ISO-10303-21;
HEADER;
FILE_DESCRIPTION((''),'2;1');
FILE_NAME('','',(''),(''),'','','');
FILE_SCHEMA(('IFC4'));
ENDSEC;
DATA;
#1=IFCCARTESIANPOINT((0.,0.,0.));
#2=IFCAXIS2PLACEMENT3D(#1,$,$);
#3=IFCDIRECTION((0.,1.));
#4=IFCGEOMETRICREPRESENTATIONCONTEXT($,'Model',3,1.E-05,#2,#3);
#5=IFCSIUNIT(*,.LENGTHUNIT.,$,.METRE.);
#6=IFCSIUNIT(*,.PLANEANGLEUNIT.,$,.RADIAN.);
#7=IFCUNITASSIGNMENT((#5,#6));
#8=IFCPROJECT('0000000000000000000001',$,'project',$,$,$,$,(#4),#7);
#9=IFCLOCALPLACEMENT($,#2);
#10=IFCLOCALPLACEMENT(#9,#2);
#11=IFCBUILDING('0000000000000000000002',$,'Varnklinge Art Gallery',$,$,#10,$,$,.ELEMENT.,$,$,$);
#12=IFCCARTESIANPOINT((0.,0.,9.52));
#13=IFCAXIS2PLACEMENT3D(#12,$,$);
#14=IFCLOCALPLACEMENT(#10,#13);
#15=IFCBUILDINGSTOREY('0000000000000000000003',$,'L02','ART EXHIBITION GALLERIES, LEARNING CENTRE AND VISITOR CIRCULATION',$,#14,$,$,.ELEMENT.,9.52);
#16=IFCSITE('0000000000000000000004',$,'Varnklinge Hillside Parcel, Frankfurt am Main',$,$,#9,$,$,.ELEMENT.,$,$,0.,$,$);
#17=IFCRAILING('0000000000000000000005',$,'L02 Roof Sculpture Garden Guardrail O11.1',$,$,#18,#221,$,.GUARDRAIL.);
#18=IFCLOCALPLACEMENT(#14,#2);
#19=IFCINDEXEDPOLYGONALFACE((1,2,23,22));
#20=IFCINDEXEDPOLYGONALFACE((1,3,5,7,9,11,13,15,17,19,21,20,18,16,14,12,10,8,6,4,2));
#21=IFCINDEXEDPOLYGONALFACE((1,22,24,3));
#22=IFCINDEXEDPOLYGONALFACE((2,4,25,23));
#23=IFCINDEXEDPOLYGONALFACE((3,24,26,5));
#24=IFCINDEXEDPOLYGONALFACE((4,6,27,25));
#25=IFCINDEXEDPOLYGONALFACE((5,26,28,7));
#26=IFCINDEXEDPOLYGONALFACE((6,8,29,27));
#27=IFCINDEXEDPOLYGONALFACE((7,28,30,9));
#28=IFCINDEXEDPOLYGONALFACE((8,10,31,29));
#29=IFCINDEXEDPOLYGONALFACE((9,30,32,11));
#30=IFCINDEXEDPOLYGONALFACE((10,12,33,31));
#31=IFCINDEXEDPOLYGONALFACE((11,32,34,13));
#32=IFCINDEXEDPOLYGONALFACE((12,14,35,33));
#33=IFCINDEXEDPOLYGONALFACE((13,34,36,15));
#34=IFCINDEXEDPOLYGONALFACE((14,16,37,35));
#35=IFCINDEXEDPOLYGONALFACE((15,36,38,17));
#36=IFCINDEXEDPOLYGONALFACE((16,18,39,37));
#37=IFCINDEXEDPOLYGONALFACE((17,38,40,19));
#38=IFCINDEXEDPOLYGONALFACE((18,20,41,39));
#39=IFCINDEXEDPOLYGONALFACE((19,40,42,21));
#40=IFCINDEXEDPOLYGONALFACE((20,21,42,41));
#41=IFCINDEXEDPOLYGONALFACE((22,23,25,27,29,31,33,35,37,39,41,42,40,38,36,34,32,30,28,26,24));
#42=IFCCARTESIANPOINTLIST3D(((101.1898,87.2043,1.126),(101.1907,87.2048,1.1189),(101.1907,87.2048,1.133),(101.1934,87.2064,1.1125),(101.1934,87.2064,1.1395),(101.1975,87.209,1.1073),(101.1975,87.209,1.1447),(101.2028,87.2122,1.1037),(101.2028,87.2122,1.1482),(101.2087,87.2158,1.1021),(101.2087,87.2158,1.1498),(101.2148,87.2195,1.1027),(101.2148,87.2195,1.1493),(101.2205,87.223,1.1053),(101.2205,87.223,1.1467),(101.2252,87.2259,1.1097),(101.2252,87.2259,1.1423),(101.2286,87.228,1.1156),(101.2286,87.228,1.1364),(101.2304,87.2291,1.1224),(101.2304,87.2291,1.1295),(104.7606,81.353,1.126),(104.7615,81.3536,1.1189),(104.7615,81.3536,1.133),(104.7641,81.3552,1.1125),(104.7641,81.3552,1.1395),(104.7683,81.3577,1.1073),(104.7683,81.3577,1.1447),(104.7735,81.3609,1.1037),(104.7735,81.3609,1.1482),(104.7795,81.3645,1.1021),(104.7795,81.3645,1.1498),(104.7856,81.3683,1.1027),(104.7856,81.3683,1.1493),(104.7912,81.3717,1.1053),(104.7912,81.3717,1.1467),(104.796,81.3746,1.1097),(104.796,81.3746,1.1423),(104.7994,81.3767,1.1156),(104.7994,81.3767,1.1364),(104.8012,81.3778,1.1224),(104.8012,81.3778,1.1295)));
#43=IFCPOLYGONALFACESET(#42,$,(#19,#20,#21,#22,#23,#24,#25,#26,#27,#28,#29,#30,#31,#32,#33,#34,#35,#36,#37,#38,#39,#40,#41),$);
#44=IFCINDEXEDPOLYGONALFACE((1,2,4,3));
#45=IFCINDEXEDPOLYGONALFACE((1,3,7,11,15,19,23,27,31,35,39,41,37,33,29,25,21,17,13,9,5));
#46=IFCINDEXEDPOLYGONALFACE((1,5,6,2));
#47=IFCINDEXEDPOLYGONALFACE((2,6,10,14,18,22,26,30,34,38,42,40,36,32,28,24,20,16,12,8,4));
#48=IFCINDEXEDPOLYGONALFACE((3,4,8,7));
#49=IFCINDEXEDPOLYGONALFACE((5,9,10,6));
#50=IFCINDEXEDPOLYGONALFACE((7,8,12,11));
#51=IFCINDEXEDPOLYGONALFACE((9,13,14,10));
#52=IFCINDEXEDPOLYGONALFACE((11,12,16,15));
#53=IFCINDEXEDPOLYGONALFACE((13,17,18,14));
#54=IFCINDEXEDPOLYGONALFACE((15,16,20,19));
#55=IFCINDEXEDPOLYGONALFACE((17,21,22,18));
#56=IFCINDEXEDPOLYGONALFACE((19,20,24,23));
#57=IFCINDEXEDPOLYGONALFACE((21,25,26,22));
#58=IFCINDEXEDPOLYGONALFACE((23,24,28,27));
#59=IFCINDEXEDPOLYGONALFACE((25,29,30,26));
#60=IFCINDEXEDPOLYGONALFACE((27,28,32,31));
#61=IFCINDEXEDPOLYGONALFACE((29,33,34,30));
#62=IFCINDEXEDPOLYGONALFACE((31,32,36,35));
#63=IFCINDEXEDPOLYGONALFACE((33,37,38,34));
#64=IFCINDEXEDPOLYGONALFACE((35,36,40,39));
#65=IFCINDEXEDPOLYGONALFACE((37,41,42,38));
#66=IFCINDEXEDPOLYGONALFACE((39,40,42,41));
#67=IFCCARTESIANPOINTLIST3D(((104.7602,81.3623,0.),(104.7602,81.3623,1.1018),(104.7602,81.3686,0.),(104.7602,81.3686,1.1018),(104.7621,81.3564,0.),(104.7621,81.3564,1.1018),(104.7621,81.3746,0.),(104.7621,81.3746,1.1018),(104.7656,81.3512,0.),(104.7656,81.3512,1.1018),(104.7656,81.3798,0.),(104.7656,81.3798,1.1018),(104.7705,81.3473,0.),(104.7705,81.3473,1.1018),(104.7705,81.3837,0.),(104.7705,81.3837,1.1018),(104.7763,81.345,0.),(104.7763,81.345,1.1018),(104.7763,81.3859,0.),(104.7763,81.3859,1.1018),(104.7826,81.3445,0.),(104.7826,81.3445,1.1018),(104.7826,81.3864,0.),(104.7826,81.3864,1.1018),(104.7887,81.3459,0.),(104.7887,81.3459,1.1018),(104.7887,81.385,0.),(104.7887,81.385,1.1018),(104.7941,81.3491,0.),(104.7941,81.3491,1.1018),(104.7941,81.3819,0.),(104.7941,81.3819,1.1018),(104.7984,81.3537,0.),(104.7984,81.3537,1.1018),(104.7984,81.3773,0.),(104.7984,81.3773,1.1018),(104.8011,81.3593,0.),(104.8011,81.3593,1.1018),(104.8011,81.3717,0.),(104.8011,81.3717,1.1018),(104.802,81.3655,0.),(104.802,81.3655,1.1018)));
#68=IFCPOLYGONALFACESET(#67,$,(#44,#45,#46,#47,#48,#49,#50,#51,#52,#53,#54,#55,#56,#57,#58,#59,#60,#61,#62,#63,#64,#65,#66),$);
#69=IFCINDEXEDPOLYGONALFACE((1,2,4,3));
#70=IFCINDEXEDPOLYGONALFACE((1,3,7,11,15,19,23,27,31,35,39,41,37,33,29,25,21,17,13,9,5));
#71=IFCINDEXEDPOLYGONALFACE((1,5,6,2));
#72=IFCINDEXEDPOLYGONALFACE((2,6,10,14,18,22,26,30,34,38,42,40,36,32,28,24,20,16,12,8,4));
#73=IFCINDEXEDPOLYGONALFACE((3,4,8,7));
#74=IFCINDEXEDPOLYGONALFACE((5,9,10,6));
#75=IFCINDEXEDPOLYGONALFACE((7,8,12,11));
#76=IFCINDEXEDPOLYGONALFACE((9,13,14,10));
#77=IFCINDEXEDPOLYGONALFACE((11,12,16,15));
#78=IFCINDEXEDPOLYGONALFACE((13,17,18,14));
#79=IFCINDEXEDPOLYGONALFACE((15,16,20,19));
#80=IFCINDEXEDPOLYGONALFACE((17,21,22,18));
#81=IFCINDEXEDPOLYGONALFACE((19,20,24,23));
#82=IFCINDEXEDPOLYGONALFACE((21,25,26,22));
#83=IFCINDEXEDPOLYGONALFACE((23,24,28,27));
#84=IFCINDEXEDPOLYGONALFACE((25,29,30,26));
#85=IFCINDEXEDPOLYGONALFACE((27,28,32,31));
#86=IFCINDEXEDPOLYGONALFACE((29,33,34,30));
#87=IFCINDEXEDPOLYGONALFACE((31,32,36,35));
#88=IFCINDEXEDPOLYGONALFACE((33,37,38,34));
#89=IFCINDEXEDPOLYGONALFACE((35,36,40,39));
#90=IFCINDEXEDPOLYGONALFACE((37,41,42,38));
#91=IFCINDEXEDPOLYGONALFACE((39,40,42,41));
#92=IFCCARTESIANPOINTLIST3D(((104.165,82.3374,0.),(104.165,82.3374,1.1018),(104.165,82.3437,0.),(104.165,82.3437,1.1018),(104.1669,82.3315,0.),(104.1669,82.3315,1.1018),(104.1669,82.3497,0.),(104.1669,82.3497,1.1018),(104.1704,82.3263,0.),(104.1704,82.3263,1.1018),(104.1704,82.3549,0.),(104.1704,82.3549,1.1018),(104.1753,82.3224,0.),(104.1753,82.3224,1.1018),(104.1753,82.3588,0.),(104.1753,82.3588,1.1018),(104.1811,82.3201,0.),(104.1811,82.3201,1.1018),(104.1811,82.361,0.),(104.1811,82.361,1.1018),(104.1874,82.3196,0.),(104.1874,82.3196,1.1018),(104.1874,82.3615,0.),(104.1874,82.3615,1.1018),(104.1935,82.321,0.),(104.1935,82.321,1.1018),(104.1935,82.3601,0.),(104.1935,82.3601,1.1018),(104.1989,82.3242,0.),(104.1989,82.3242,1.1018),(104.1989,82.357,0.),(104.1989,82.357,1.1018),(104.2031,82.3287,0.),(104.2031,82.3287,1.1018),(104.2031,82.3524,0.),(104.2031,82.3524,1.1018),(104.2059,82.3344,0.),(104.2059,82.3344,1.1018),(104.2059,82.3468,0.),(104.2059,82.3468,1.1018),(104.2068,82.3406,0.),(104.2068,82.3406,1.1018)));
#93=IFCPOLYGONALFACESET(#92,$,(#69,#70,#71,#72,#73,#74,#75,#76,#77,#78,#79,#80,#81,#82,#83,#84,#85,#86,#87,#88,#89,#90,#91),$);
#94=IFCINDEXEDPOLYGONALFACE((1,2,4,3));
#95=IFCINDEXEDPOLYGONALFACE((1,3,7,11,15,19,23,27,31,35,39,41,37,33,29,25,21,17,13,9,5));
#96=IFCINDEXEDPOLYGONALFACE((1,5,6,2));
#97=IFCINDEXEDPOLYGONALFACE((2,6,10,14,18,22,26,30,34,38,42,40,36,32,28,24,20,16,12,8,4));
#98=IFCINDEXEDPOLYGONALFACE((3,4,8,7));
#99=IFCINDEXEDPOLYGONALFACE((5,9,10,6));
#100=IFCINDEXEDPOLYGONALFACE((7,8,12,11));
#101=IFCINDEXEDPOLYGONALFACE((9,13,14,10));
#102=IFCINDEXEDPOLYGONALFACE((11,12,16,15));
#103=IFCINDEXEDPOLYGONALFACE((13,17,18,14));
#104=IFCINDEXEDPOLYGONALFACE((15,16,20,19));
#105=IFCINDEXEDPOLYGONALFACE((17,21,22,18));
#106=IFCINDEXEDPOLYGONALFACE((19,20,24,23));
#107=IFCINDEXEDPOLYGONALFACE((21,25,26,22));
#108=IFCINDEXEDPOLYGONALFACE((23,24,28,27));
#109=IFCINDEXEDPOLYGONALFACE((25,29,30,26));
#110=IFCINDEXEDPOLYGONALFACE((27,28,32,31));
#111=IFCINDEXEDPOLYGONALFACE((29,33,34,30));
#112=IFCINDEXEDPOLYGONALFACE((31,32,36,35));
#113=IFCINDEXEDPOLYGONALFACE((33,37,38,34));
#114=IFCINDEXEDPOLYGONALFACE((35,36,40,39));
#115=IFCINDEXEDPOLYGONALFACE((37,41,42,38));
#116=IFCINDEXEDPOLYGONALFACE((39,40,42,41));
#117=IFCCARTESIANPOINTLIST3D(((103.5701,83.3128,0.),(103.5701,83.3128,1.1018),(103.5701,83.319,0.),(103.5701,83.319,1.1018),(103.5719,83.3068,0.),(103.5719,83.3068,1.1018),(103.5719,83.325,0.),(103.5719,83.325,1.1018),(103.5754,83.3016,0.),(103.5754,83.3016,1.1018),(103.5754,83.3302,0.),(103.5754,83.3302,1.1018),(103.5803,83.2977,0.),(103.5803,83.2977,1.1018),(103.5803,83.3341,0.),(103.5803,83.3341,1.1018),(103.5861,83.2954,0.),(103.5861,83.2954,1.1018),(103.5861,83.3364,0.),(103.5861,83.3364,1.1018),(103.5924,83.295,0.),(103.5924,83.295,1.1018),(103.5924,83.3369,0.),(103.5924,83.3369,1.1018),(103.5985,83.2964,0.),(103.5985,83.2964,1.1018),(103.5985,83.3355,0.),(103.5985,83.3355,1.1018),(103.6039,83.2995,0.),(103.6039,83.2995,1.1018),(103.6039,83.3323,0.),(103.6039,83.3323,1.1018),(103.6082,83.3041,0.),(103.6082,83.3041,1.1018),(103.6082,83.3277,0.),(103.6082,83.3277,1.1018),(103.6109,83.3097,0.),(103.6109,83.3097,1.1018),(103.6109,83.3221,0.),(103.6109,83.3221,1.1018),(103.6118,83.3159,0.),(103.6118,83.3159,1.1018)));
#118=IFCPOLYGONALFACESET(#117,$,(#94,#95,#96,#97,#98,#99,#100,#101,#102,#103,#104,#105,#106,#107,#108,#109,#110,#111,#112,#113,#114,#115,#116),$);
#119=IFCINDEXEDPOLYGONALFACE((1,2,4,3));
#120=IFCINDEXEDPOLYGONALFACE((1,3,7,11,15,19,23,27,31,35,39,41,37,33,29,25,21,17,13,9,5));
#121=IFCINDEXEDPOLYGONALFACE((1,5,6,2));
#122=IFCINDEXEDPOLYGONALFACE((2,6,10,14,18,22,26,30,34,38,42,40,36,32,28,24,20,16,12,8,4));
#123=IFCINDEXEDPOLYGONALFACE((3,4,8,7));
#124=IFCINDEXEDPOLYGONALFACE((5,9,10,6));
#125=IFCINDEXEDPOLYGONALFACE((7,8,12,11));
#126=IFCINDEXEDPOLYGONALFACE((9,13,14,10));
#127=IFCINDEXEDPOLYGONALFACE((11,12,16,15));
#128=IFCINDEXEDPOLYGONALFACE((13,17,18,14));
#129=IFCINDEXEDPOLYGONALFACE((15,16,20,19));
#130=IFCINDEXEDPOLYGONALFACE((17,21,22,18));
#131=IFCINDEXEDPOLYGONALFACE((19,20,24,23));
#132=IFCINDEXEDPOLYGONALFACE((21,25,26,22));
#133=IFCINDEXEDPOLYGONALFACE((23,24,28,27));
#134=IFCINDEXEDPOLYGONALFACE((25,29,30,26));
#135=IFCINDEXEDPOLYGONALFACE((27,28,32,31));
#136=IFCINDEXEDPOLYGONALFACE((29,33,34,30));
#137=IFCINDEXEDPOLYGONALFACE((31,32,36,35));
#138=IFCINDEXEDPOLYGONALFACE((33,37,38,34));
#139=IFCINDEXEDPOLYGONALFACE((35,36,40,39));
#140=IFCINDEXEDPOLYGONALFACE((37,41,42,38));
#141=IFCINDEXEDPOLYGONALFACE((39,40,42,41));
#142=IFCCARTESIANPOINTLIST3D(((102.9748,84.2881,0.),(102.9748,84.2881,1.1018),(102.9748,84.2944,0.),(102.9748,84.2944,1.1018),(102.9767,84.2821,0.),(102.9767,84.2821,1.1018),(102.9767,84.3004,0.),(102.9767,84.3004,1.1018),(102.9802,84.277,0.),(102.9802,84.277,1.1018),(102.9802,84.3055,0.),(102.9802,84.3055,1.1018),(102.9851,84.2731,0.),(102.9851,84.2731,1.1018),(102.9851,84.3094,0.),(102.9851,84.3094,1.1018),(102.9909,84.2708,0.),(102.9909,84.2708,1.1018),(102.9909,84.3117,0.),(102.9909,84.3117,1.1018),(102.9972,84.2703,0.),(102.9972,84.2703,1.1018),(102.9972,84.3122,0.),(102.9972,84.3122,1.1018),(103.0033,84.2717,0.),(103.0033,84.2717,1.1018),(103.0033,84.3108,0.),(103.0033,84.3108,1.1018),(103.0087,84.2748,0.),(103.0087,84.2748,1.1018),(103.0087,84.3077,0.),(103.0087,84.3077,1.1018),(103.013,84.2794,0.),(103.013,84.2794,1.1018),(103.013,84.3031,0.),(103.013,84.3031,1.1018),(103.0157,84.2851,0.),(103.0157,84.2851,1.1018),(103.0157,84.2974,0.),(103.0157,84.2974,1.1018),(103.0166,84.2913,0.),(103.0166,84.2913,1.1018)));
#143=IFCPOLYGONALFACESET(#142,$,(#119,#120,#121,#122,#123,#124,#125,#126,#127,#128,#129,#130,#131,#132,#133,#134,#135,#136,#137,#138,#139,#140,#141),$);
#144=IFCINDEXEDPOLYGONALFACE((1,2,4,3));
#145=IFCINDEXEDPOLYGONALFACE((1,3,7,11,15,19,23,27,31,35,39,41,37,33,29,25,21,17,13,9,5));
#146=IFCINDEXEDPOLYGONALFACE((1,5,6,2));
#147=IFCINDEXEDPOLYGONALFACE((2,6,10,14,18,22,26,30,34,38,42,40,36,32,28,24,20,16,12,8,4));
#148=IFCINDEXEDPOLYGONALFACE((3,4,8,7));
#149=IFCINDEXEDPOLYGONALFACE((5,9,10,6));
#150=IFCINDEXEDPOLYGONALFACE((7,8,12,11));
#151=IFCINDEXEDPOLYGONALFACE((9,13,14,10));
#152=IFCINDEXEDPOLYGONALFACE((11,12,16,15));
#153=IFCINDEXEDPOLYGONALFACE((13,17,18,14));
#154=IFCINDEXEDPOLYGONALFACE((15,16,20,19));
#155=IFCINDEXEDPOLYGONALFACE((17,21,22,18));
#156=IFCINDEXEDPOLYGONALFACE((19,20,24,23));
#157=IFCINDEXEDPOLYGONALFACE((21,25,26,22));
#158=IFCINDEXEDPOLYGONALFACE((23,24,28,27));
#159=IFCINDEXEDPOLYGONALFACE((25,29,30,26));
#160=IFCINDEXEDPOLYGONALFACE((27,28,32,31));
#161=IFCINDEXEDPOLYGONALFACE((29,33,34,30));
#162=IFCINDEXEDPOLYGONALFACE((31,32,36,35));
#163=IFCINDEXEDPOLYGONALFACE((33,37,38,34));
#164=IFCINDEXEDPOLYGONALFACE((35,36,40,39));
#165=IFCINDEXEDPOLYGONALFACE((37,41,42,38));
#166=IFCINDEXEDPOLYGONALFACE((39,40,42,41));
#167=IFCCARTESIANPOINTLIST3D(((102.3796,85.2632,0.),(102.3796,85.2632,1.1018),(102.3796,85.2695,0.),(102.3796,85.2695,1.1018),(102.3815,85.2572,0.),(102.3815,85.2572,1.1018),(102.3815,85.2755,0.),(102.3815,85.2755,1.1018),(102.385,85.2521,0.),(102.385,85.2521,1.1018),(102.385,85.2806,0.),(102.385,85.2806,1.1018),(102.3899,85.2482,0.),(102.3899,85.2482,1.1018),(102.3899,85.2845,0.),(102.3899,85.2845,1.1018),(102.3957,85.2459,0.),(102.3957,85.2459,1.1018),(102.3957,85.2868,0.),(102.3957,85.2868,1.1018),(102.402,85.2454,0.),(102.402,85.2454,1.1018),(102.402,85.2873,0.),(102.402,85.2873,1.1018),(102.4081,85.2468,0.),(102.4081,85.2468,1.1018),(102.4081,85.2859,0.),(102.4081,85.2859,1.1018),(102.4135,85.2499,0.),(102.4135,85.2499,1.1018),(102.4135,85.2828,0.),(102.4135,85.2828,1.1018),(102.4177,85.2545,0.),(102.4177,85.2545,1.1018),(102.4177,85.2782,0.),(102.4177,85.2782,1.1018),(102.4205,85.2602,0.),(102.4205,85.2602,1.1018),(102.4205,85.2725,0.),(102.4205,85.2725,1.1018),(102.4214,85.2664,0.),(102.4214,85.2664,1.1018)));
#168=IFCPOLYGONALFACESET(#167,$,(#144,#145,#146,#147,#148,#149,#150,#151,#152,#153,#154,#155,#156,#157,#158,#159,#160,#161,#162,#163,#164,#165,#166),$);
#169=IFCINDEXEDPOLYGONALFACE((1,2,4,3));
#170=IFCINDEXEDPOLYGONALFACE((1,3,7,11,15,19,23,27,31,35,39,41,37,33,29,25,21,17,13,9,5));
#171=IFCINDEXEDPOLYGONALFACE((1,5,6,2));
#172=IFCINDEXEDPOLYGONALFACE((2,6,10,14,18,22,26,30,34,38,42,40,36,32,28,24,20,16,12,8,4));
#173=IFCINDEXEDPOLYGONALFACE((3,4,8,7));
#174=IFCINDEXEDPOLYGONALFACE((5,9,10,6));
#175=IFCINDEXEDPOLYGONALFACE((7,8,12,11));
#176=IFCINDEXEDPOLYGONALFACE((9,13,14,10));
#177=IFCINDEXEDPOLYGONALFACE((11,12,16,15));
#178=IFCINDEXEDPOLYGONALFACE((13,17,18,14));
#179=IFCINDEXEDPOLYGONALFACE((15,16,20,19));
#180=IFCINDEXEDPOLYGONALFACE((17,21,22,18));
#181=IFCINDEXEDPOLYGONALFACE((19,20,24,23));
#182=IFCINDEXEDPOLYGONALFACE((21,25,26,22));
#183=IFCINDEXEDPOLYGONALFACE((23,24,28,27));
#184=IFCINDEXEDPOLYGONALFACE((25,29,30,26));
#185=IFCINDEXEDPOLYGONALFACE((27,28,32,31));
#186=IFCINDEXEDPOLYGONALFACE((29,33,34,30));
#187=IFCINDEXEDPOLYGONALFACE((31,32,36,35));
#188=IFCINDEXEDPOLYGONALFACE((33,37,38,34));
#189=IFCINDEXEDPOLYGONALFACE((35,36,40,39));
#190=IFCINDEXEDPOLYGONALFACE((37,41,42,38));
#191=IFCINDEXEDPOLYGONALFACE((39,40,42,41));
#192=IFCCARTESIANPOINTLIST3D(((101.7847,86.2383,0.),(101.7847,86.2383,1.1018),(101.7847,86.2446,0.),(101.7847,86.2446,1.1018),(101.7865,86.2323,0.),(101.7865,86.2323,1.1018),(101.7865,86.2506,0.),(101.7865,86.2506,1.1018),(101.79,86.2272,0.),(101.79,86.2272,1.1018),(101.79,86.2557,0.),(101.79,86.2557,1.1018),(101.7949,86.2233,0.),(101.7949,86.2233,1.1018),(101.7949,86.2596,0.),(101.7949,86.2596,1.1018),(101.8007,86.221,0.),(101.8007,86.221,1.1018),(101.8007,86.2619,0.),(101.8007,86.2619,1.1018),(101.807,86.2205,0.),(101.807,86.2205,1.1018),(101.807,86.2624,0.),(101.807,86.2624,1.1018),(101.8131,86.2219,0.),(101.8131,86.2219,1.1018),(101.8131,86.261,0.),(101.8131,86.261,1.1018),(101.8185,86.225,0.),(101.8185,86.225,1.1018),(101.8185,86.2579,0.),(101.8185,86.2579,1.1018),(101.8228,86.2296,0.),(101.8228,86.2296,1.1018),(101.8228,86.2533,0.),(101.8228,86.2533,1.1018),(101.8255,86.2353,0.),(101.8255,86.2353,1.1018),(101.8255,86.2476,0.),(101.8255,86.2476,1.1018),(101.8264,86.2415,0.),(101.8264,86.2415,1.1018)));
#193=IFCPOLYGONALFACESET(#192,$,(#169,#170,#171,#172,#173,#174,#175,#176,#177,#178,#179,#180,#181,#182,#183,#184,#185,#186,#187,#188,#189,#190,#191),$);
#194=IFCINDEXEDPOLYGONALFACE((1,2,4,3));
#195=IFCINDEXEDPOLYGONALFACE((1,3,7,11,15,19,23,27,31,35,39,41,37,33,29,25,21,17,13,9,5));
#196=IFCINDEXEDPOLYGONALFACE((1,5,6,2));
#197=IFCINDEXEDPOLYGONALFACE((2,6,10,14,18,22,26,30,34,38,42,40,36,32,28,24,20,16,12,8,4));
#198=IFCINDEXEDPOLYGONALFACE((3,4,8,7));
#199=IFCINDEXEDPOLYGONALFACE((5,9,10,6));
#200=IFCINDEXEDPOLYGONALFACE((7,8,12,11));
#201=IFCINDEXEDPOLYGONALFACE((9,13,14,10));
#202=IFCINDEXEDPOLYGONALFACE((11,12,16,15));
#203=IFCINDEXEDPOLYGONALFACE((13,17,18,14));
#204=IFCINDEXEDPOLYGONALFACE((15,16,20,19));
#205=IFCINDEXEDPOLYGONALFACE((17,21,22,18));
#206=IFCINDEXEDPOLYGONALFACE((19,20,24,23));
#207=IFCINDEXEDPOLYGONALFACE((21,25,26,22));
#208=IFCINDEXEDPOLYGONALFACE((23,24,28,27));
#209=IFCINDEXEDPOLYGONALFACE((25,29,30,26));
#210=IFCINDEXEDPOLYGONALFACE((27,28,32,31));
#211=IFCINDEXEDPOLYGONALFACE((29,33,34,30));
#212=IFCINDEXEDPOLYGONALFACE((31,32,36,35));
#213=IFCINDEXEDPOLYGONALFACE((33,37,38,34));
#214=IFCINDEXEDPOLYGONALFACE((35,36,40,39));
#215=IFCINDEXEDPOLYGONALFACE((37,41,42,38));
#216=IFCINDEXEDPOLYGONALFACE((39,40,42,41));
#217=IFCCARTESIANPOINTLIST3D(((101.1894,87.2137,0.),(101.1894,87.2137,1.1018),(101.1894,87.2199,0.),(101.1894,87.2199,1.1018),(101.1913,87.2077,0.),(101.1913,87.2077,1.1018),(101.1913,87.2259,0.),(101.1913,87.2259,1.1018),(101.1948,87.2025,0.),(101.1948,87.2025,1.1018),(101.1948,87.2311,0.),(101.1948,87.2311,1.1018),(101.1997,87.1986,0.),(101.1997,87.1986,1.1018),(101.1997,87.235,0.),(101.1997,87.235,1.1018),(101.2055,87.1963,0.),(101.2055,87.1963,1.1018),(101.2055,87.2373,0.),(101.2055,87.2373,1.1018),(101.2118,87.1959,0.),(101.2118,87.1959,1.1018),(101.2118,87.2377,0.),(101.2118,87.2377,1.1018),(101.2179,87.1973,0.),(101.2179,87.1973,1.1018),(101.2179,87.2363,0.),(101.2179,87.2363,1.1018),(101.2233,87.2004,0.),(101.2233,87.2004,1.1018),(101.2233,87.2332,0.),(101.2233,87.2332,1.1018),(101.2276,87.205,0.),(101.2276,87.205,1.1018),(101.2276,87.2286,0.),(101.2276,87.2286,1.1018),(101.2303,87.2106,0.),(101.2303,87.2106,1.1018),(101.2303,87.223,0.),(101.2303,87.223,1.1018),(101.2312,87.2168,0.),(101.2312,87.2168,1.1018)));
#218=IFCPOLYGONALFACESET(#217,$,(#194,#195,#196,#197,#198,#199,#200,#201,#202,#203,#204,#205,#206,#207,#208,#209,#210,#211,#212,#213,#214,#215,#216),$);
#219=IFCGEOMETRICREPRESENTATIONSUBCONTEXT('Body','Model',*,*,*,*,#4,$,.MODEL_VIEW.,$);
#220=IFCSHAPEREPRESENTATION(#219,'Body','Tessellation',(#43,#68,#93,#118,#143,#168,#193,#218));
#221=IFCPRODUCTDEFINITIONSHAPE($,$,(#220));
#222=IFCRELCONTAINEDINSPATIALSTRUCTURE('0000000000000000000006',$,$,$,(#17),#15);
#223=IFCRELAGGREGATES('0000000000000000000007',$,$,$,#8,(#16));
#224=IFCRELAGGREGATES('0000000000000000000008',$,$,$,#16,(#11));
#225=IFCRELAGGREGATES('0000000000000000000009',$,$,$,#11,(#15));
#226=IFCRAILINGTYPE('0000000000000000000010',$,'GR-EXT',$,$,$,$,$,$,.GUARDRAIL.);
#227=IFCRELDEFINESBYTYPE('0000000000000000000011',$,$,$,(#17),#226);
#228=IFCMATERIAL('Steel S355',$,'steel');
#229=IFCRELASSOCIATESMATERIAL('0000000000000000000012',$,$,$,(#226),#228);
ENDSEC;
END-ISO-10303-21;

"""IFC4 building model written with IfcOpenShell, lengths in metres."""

from ifc_helpers import new_model, si_unit, direction, frame, origin, origin_2d, place, context, subcontext, project, spatial, circle, extrude, material, type_object, element, save


model = new_model("IFC4")

# Units and contexts
model_context = context("Model", 3, precision=1e-05, world=origin(), true_north=direction((0.0, 1.0)))
body_context = subcontext(model_context, "Body", "Model", "MODEL_VIEW")
ifc_project = project(units=[si_unit("LENGTHUNIT", "METRE"), si_unit("PLANEANGLEUNIT", "RADIAN")], contexts=[model_context])

# Site, building, storey
site_placement = place(None, origin())
site = spatial("IfcSite", under=ifc_project, at=site_placement, Name="Varnklinge Hillside Parcel, Frankfurt am Main", CompositionType="ELEMENT", RefElevation=0.0)
building_placement = place(site_placement, origin())
building = spatial("IfcBuilding", under=site, at=building_placement, Name="Varnklinge Art Gallery", CompositionType="ELEMENT")
storey_placement = place(building_placement, frame((0.0, 0.0, 9.52)))
storey = spatial("IfcBuildingStorey", under=building, at=storey_placement, Name="L02", Description="ART EXHIBITION GALLERIES, LEARNING CENTRE AND VISITOR CIRCULATION", CompositionType="ELEMENT", Elevation=9.52)

# Railing
ifc_material_1 = material(Name="Steel S355", Category="steel")
railing_type = type_object("IfcRailingType", Name="GR-EXT", PredefinedType="GUARDRAIL", material=ifc_material_1)
railing_1_placement = place(storey_placement, frame((104.781, 81.3655, 0.0)))
element("IfcRailing", 1, at=railing_1_placement, inside=storey, type_object=railing_type, Name="L02 Roof Sculpture Garden Guardrail O11.1", PredefinedType="GUARDRAIL", context=body_context, shape_type="SweptSolid", body=[
    extrude(circle(Radius=0.0239, at=origin_2d()), frame((0.0, 0.0, 1.126), z_axis=(-0.520918, 0.853607, 0.0), x_axis=(-0.853607, -0.520918, 0.0)), (0.0, 0.0, 1.0), 6.8547),
    extrude(circle(Radius=0.021, at=origin_2d()), origin(), (0.0, 0.0, 1.0), 1.1018),
    extrude(circle(Radius=0.021, at=origin_2d()), frame((-0.5952, 0.9751, 0.0)), (0.0, 0.0, 1.0), 1.1018),
    extrude(circle(Radius=0.021, at=origin_2d()), frame((-1.1902, 1.9504, 0.0)), (0.0, 0.0, 1.0), 1.1018),
    extrude(circle(Radius=0.021, at=origin_2d()), frame((-1.7854, 2.9258, 0.0)), (0.0, 0.0, 1.0), 1.1018),
    extrude(circle(Radius=0.021, at=origin_2d()), frame((-2.3806, 3.9009, 0.0)), (0.0, 0.0, 1.0), 1.1018),
    extrude(circle(Radius=0.021, at=origin_2d()), frame((-2.9756, 4.876, 0.0)), (0.0, 0.0, 1.0), 1.1018),
    extrude(circle(Radius=0.021, at=origin_2d()), frame((-3.5708, 5.8513, 0.0)), (0.0, 0.0, 1.0), 1.1018),
])

save(model, "model.ifc")
